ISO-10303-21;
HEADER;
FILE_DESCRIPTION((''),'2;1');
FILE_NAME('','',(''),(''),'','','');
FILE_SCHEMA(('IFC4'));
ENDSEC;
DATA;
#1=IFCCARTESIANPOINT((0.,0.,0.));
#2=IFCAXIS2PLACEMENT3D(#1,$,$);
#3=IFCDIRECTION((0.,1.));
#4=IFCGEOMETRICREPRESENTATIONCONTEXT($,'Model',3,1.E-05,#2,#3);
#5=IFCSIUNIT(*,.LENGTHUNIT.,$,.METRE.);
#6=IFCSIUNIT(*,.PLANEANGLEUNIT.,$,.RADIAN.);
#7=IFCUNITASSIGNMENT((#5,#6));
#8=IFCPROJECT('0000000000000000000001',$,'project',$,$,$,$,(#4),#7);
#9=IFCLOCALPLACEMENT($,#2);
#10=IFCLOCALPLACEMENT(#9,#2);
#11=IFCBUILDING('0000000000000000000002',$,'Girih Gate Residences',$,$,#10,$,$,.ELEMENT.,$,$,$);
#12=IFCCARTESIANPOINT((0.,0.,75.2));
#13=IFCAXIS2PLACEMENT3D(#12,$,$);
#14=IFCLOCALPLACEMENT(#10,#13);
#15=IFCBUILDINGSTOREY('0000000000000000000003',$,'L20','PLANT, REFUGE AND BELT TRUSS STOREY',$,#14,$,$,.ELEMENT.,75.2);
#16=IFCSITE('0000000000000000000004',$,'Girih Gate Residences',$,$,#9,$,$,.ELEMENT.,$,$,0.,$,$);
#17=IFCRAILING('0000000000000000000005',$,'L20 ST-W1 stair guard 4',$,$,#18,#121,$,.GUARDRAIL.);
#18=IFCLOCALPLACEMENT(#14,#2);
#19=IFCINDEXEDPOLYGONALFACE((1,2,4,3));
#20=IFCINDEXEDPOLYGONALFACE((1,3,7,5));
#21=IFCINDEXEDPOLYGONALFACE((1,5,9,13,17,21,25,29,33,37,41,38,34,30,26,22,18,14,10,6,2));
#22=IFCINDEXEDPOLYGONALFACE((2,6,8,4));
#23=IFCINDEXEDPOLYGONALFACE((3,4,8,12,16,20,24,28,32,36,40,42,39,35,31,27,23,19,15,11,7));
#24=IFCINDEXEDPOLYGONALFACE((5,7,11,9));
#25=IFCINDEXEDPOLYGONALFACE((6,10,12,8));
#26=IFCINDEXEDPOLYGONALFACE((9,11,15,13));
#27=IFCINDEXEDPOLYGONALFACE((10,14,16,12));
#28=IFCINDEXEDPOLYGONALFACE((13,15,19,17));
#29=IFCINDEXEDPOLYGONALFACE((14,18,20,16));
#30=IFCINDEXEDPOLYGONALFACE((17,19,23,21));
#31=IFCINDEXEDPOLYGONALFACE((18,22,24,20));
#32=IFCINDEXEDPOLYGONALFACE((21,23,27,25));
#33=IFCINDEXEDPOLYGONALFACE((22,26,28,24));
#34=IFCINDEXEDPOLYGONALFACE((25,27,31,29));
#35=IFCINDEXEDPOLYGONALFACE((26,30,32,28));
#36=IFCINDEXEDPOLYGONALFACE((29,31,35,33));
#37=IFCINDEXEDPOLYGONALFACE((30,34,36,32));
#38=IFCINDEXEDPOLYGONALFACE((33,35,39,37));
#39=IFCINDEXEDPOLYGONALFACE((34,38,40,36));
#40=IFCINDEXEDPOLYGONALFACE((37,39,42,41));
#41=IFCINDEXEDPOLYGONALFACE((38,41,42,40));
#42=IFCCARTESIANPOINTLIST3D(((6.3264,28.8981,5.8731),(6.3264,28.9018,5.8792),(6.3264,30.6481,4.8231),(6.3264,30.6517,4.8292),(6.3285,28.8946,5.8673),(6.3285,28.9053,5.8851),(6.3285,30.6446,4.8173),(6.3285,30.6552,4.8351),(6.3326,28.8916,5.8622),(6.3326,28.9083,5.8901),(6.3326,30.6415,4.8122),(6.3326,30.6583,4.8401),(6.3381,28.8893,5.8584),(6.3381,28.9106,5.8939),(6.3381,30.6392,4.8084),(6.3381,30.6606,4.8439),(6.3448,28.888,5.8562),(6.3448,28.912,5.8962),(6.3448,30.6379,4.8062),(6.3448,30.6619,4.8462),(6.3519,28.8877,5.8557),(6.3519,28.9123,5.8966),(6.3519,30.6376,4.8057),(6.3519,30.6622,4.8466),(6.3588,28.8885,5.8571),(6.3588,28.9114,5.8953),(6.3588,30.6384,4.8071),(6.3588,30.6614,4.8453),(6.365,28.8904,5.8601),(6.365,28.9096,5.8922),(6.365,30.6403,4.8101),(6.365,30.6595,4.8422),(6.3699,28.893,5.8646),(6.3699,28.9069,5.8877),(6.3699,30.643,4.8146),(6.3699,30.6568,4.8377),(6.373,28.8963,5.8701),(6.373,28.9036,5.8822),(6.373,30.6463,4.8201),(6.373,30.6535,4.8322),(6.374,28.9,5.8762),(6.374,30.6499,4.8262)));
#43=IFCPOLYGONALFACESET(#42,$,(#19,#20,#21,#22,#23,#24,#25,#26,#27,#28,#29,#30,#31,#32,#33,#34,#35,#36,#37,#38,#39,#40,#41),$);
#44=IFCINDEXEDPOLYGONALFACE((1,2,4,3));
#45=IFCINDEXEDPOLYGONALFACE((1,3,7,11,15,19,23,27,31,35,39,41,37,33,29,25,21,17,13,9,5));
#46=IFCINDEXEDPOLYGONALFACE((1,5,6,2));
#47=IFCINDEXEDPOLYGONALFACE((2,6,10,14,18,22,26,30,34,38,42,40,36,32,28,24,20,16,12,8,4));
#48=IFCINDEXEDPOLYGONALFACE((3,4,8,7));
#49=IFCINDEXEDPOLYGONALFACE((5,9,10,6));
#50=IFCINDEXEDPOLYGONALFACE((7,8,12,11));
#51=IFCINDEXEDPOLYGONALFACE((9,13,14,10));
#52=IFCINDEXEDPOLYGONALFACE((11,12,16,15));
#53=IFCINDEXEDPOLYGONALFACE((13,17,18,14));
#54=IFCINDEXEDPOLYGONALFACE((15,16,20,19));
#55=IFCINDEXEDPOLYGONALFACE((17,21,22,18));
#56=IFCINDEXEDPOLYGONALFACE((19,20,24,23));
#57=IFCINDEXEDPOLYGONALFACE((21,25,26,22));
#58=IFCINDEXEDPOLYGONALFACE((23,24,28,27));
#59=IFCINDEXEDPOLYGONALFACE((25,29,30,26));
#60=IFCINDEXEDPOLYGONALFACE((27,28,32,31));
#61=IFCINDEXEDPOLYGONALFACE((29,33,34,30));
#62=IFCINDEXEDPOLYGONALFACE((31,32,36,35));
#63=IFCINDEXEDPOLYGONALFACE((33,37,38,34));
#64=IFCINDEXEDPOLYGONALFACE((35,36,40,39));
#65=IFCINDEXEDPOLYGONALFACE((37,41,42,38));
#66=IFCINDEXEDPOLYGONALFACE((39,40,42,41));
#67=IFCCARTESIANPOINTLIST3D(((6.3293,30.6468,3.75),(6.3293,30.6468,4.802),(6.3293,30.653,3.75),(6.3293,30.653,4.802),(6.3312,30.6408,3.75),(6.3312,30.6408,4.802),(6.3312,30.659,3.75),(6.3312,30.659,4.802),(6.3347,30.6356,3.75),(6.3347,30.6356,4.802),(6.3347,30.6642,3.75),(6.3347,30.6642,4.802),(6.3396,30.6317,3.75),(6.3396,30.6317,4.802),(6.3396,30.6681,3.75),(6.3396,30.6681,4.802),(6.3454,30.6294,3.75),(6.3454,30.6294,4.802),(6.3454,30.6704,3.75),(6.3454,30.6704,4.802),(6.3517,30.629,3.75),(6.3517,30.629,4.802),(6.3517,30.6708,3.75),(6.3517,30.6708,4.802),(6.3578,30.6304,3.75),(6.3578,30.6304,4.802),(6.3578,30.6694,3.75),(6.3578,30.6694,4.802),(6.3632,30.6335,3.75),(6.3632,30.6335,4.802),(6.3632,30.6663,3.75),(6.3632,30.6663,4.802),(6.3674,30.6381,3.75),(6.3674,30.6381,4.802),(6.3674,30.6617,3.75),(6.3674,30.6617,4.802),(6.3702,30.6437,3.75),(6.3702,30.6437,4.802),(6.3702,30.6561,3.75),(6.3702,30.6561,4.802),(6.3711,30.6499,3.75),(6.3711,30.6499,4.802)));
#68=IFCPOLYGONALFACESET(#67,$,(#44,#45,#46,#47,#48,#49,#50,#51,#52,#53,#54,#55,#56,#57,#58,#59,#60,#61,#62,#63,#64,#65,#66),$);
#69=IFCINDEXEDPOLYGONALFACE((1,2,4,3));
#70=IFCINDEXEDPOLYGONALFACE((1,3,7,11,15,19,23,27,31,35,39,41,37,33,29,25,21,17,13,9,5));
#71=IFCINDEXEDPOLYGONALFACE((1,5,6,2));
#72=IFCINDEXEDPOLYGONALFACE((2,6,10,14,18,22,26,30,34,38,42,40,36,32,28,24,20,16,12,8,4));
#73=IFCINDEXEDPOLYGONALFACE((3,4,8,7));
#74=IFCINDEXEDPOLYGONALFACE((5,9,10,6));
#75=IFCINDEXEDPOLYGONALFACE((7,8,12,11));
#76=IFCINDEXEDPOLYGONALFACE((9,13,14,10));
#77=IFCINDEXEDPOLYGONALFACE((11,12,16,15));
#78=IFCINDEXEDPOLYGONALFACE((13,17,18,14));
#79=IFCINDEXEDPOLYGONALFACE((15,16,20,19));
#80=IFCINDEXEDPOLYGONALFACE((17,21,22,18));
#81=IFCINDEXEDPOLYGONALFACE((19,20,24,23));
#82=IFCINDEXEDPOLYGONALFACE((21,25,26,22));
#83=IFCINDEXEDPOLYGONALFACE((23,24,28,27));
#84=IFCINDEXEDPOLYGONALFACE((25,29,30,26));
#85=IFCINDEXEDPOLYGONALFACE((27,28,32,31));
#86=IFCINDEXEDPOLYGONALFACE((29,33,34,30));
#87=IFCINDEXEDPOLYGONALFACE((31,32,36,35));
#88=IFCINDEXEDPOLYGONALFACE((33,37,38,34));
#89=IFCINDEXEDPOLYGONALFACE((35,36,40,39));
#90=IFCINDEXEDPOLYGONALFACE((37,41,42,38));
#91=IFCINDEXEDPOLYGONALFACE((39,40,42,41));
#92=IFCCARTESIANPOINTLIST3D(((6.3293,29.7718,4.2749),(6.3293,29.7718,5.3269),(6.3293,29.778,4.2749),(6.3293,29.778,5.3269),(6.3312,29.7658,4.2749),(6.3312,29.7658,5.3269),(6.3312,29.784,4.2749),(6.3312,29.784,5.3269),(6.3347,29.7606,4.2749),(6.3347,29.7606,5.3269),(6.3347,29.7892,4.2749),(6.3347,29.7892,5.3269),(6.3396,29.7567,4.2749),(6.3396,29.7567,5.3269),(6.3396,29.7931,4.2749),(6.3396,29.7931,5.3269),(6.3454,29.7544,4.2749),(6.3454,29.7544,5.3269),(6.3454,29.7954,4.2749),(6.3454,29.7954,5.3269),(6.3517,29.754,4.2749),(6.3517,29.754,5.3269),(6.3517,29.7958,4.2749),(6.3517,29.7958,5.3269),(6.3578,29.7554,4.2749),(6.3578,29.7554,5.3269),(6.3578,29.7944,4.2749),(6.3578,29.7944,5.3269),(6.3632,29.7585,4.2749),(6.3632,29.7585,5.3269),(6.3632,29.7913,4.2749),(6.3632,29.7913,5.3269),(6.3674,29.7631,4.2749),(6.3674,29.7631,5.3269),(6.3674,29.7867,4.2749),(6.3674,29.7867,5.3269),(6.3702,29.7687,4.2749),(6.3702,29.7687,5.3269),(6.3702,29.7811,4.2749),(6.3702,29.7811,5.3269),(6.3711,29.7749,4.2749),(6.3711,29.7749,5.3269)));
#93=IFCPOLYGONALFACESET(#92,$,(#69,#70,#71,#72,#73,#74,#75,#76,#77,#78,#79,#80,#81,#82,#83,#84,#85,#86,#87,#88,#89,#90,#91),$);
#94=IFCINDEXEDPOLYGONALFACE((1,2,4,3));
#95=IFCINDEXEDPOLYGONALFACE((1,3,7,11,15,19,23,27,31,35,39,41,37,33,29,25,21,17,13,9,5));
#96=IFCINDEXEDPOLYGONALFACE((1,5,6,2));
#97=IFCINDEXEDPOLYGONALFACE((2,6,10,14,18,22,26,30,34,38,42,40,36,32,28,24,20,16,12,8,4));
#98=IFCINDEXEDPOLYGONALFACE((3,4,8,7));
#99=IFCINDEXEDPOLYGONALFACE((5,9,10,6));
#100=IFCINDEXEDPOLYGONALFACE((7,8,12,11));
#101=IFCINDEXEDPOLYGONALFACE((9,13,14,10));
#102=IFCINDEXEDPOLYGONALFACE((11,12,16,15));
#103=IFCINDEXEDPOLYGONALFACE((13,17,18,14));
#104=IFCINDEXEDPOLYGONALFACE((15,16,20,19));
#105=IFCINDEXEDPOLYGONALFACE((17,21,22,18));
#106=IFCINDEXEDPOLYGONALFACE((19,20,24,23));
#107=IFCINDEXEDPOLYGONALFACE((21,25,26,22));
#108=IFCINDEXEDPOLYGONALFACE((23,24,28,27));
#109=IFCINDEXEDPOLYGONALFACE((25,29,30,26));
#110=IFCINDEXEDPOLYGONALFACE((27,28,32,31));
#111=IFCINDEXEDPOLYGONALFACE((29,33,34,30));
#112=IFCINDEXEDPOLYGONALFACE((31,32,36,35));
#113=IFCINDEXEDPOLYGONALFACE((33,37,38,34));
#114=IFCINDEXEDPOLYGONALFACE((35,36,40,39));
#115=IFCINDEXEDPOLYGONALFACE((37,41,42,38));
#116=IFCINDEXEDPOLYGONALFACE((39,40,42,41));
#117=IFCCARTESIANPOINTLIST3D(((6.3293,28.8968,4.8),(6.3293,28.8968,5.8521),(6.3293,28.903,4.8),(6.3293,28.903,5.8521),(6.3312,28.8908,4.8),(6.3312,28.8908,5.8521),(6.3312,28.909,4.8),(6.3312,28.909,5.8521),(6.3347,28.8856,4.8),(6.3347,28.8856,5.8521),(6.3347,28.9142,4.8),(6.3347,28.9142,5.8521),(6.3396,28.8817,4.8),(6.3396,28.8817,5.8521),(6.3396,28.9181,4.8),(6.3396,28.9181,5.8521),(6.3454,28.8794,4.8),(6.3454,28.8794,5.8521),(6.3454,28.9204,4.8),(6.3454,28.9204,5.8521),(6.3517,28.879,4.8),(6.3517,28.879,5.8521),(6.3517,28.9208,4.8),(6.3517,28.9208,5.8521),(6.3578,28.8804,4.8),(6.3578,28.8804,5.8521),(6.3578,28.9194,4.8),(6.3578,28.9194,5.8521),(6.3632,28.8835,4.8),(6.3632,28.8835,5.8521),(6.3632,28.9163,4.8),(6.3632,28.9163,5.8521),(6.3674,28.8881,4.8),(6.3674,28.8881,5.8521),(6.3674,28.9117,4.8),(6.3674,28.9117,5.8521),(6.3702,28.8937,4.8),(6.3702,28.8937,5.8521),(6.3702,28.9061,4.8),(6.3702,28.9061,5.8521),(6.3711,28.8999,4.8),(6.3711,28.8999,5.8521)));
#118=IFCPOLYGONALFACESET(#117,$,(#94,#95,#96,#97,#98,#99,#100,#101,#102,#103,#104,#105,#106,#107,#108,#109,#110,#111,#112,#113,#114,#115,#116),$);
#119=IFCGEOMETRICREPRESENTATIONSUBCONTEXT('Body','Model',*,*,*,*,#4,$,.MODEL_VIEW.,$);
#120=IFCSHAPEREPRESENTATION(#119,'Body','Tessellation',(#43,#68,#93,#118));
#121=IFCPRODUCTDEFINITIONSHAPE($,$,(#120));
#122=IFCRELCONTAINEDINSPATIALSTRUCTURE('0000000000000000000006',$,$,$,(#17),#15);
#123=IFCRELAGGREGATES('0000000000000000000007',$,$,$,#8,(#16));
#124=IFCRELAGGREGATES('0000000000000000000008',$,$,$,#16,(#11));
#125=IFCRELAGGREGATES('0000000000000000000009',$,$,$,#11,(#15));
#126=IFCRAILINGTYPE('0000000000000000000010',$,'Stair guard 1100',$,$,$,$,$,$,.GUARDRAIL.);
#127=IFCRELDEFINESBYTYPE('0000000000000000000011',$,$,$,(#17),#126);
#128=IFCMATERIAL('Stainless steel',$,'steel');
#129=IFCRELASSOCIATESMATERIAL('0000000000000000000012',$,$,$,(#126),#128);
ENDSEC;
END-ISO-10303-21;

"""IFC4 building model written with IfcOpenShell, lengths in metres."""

from ifc_helpers import new_model, si_unit, direction, frame, origin, origin_2d, place, context, subcontext, project, spatial, circle, extrude, material, type_object, element, save


model = new_model("IFC4")

# Units and contexts
model_context = context("Model", 3, precision=1e-05, world=origin(), true_north=direction((0.0, 1.0)))
body_context = subcontext(model_context, "Body", "Model", "MODEL_VIEW")
ifc_project = project(units=[si_unit("LENGTHUNIT", "METRE"), si_unit("PLANEANGLEUNIT", "RADIAN")], contexts=[model_context])

# Site, building, storey
site_placement = place(None, origin())
site = spatial("IfcSite", under=ifc_project, at=site_placement, Name="Girih Gate Residences", CompositionType="ELEMENT", RefElevation=0.0)
building_placement = place(site_placement, origin())
building = spatial("IfcBuilding", under=site, at=building_placement, Name="Girih Gate Residences", CompositionType="ELEMENT")
storey_placement = place(building_placement, frame((0.0, 0.0, 75.2)))
storey = spatial("IfcBuildingStorey", under=building, at=storey_placement, Name="L20", Description="PLANT, REFUGE AND BELT TRUSS STOREY", CompositionType="ELEMENT", Elevation=75.2)

# Railing
ifc_material_1 = material(Name="Stainless steel", Category="steel")
railing_type = type_object("IfcRailingType", Name="Stair guard 1100", PredefinedType="GUARDRAIL", material=ifc_material_1)
railing_placement = place(storey_placement, frame((6.3501, 30.6499, 3.75)))
element("IfcRailing", 1, at=railing_placement, inside=storey, type_object=railing_type, Name="L20 ST-W1 stair guard 4", PredefinedType="GUARDRAIL", context=body_context, shape_type="SweptSolid", body=[
    extrude(circle(Radius=0.0239, at=origin_2d()), frame((0.0, 0.0, 1.0762), z_axis=(0.0, -0.857482, 0.514513), x_axis=(1.0, 0.0, 0.0)), (0.0, 0.0, 1.0), 2.0408),
    extrude(circle(Radius=0.021, at=origin_2d()), origin(), (0.0, 0.0, 1.0), 1.052),
    extrude(circle(Radius=0.021, at=origin_2d()), frame((0.0, -0.875, 0.5249)), (0.0, 0.0, 1.0), 1.052),
    extrude(circle(Radius=0.021, at=origin_2d()), frame((0.0, -1.75, 1.05)), (0.0, 0.0, 1.0), 1.052),
])

save(model, "model.ifc")
